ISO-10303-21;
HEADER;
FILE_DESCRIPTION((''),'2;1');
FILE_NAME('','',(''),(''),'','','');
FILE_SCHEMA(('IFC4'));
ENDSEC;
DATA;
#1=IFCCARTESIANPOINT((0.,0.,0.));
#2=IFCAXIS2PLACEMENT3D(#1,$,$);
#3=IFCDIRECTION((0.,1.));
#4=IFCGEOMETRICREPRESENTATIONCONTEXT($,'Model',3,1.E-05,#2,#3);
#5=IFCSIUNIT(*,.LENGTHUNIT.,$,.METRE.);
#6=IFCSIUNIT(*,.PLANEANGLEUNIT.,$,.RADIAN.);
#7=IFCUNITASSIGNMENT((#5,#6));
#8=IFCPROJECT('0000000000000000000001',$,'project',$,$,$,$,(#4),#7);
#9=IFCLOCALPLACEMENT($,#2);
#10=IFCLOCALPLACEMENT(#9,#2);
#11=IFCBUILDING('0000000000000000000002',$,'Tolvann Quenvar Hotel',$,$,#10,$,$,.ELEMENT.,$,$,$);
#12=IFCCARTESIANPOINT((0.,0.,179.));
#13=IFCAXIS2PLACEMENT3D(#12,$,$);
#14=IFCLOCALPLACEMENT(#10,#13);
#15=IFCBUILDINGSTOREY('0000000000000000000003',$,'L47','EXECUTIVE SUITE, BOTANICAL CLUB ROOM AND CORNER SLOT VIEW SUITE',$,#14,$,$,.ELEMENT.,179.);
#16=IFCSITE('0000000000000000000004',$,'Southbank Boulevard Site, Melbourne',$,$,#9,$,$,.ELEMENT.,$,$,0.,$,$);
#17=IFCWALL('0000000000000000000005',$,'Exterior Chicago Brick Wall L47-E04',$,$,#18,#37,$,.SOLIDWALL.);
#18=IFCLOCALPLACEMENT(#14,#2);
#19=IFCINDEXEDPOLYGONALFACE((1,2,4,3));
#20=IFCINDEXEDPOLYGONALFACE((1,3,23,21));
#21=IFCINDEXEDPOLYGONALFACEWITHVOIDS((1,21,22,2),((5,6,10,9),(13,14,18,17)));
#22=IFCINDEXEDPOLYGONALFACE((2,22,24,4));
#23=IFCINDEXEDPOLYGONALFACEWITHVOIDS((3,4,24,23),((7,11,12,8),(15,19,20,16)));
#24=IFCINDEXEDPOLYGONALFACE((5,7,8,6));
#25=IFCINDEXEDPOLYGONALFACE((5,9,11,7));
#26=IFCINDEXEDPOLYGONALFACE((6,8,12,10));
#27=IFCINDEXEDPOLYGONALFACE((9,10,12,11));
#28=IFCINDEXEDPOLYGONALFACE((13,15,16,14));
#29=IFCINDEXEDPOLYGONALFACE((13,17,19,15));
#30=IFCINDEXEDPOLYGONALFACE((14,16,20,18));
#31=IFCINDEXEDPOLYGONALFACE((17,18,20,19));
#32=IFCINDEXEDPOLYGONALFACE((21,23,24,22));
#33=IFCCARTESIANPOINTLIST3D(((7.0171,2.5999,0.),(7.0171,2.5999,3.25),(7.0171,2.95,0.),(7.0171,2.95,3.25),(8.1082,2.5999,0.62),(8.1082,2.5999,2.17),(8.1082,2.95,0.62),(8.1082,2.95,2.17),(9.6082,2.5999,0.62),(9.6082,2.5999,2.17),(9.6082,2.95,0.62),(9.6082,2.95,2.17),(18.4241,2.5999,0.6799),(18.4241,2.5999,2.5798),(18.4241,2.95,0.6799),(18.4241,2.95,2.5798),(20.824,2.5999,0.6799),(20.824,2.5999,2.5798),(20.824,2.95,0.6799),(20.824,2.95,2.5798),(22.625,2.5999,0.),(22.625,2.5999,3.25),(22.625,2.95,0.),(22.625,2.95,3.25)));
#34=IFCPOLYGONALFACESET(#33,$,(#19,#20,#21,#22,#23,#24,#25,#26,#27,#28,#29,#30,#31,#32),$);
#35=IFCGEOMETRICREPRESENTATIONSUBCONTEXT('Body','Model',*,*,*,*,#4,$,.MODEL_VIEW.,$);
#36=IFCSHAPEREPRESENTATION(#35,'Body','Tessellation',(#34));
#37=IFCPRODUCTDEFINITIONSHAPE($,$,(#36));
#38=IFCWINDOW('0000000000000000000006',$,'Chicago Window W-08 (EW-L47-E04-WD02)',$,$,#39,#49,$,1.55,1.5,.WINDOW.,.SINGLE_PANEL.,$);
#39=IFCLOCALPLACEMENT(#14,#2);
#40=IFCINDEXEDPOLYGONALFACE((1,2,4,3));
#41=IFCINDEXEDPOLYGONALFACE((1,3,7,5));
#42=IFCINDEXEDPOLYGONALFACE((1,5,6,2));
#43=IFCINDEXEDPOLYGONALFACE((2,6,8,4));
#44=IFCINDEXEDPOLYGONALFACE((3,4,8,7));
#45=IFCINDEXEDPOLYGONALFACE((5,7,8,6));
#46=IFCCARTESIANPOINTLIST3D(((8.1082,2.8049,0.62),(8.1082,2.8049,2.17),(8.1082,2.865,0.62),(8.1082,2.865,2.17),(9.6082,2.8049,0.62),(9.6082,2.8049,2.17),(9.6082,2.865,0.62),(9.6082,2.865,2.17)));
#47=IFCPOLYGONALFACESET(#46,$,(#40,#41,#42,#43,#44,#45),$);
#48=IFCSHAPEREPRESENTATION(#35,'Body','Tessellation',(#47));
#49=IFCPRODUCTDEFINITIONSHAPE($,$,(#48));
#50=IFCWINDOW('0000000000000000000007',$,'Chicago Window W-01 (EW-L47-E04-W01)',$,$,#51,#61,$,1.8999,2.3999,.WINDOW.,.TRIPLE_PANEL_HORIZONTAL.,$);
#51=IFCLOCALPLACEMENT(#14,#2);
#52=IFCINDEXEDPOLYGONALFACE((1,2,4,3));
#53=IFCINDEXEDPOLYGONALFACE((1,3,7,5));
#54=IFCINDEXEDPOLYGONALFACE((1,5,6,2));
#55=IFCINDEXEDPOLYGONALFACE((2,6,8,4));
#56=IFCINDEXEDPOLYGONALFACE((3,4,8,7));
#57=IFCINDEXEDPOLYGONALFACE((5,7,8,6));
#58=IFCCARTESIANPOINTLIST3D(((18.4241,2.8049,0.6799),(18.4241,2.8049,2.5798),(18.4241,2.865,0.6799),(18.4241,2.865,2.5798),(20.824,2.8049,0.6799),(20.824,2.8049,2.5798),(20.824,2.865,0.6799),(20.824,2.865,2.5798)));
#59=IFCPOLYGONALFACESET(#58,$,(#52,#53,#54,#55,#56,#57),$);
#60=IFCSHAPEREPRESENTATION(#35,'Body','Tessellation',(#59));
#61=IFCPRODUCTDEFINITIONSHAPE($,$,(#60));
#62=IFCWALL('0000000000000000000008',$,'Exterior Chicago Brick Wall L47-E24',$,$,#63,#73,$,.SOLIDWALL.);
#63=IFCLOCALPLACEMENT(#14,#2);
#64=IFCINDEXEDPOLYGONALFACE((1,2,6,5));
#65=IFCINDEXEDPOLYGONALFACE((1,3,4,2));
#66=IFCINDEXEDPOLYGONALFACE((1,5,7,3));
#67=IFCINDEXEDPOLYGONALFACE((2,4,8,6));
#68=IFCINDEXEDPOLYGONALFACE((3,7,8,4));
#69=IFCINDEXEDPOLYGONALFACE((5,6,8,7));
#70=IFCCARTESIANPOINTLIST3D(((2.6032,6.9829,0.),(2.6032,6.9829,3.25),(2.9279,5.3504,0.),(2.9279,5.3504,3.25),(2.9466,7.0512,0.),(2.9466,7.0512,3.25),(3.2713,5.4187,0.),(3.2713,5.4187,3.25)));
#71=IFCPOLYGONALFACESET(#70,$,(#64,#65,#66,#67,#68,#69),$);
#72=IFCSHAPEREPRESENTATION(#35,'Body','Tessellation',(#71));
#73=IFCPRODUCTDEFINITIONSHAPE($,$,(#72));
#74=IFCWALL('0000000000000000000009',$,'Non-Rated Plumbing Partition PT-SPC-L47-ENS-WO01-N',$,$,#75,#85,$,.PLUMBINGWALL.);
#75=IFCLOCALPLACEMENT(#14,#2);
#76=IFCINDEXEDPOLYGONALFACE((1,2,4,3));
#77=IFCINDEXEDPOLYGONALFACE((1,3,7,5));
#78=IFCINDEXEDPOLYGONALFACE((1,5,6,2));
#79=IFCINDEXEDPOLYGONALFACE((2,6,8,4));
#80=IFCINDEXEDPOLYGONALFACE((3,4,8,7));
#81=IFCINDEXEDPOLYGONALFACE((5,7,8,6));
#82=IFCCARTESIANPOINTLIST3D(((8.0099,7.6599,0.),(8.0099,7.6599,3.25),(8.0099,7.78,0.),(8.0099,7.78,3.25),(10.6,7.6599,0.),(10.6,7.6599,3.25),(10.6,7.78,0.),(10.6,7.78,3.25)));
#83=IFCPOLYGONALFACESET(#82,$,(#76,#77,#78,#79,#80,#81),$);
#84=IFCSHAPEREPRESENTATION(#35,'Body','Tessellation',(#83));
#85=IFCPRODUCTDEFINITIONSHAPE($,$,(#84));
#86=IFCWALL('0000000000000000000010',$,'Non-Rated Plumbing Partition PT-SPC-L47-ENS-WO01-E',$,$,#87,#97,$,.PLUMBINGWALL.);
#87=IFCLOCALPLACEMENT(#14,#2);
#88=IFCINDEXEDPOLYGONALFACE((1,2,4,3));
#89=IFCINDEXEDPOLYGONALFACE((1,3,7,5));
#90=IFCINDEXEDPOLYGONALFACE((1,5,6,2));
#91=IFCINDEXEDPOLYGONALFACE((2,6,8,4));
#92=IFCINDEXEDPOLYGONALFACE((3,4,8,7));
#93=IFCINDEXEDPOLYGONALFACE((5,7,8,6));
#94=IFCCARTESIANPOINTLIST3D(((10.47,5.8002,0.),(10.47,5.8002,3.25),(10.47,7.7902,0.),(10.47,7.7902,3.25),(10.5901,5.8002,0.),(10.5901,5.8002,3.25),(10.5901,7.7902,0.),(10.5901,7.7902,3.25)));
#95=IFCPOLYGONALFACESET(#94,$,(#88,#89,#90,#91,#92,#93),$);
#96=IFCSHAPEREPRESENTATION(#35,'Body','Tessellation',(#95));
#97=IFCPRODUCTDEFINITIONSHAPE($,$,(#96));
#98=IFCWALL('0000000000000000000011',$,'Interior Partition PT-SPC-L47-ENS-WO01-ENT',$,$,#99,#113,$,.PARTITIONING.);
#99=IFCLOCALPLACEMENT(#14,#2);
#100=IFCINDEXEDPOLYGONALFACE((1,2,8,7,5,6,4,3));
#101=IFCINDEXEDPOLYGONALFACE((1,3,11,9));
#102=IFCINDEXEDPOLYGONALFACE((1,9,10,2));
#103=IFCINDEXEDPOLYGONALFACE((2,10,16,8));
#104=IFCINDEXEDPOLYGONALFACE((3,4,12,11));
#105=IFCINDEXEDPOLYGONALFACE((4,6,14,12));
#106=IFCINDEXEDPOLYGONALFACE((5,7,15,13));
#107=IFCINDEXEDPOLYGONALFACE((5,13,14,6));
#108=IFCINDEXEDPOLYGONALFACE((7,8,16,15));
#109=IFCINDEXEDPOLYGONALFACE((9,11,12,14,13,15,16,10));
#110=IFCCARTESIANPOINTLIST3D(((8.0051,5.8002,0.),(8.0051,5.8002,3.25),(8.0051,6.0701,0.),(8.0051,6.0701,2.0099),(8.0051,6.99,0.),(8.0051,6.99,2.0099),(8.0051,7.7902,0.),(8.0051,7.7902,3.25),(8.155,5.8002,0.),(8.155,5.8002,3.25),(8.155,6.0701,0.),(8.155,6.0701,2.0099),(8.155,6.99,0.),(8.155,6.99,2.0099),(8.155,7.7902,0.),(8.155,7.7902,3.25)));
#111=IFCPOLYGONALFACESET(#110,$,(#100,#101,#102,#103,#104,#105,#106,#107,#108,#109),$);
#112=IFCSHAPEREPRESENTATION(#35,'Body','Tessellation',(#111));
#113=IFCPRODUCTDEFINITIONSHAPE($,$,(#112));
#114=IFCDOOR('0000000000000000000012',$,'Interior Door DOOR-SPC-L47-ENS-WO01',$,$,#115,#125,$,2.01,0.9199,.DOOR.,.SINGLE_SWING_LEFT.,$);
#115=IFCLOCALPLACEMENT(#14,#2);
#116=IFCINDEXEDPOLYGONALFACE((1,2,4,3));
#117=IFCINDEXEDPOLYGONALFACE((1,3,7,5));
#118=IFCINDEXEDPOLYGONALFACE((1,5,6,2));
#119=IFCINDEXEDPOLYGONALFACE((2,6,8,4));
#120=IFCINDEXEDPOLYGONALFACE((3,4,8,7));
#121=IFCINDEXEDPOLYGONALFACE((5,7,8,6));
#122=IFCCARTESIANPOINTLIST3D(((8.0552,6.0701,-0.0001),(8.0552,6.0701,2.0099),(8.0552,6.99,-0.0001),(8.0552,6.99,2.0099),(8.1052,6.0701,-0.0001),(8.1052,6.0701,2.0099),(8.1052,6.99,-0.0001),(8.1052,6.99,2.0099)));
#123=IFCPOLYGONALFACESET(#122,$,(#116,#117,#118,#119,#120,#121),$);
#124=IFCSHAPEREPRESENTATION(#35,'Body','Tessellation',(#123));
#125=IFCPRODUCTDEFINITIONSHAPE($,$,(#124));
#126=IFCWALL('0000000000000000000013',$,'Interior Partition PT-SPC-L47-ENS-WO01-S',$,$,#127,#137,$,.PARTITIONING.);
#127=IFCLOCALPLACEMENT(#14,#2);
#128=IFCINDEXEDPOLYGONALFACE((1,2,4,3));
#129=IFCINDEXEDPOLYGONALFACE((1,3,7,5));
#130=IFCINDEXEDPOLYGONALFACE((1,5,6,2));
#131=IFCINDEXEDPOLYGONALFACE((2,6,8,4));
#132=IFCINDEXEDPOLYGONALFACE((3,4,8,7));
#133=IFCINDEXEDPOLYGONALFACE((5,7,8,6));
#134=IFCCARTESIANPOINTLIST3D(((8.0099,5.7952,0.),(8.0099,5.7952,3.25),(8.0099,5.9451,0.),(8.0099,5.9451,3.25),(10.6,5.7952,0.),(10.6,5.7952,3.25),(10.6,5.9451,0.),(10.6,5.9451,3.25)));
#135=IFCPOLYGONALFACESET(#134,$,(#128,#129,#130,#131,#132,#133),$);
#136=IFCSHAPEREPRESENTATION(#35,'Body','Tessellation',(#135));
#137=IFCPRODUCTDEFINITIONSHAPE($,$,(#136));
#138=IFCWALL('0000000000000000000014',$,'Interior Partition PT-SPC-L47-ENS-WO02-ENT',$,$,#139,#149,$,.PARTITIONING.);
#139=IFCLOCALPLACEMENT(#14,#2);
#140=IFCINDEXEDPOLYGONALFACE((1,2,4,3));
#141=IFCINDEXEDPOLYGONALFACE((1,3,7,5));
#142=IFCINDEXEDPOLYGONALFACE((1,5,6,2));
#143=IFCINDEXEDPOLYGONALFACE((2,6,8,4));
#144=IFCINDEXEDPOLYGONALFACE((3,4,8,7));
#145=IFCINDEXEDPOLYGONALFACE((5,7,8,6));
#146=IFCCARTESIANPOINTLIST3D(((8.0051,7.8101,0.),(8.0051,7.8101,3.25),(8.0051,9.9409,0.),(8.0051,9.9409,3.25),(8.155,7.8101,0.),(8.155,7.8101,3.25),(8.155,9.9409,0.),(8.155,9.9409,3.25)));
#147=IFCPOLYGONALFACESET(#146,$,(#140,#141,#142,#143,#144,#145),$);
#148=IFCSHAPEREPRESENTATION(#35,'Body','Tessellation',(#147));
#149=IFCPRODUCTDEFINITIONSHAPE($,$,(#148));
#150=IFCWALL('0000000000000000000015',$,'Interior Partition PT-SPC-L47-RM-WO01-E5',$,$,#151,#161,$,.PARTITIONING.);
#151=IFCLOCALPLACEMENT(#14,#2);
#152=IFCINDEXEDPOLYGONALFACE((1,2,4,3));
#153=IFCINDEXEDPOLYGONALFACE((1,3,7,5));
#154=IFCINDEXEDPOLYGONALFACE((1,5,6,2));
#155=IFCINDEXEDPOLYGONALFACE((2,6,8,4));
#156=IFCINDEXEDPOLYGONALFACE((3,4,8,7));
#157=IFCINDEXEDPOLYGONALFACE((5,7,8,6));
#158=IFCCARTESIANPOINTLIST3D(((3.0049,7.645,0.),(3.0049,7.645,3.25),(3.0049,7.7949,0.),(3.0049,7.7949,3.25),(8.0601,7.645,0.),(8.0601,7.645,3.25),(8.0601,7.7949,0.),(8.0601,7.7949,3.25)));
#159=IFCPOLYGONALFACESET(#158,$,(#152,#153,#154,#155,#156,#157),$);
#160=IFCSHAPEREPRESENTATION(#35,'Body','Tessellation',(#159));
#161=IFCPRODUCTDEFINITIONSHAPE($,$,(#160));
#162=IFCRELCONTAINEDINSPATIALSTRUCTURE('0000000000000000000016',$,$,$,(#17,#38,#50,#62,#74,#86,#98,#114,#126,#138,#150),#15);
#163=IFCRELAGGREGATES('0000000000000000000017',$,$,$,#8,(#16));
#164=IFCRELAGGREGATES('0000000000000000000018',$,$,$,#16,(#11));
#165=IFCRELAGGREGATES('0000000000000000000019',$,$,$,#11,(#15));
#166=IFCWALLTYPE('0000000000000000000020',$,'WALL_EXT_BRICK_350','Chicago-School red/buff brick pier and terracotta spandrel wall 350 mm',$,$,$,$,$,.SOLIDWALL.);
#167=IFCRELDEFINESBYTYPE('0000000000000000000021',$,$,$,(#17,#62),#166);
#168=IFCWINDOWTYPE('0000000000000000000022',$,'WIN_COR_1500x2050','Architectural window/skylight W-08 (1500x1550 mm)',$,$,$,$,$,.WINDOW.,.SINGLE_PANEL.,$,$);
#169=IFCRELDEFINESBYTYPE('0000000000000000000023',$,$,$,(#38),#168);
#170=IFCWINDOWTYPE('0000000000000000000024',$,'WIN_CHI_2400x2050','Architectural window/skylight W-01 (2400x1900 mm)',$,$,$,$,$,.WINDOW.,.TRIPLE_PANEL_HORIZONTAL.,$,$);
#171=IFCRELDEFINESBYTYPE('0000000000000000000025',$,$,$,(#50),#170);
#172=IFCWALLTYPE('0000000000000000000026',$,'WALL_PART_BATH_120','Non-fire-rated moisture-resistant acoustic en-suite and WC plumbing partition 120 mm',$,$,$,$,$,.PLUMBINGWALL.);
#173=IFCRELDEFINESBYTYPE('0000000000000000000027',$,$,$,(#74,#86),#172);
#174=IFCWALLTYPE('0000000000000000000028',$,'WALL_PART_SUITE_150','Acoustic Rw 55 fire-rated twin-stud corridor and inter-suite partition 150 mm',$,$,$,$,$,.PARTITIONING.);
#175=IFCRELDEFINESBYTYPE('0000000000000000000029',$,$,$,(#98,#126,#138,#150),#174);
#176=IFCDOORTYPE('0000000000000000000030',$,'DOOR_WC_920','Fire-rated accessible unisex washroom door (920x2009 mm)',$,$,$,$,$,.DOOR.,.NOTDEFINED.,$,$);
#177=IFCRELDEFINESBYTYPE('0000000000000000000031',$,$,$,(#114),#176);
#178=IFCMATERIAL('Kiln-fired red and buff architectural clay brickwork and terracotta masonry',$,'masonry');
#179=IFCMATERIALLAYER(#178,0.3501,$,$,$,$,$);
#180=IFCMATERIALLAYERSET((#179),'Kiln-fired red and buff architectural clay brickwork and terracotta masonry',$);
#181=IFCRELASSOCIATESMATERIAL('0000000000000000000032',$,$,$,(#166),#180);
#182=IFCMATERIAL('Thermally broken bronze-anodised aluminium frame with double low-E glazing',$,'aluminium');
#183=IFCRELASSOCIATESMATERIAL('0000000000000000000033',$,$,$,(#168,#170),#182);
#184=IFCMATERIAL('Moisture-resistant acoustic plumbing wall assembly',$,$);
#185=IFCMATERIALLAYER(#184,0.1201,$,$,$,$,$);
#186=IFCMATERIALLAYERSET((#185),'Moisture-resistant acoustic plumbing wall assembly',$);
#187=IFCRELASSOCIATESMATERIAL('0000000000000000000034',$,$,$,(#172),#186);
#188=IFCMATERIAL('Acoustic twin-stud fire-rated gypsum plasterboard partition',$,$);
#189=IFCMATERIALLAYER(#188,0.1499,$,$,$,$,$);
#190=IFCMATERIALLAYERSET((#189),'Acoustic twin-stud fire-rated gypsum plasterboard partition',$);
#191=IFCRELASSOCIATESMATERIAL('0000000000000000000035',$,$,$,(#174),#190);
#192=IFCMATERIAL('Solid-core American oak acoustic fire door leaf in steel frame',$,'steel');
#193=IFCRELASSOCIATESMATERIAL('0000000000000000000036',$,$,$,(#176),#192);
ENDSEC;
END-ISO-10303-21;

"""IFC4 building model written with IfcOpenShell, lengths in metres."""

from ifc_helpers import new_model, si_unit, direction, frame, frame_2d, origin, place, context, subcontext, project, spatial, rectangle, extrude, source, transform, mapped, material, layer, layer_set, type_object, type_shapes, element, fill, save


model = new_model("IFC4")

# Units and contexts
model_context = context("Model", 3, precision=1e-05, world=origin(), true_north=direction((0.0, 1.0)))
body_context = subcontext(model_context, "Body", "Model", "MODEL_VIEW")
ifc_project = project(units=[si_unit("LENGTHUNIT", "METRE"), si_unit("PLANEANGLEUNIT", "RADIAN")], contexts=[model_context])

# Site, building, storey
site_placement = place(None, origin())
site = spatial("IfcSite", under=ifc_project, at=site_placement, Name="Southbank Boulevard Site, Melbourne", CompositionType="ELEMENT", RefElevation=0.0)
building_placement = place(site_placement, origin())
building = spatial("IfcBuilding", under=site, at=building_placement, Name="Tolvann Quenvar Hotel", CompositionType="ELEMENT")
storey_placement = place(building_placement, frame((0.0, 0.0, 179.0)))
storey = spatial("IfcBuildingStorey", under=building, at=storey_placement, Name="L47", Description="EXECUTIVE SUITE, BOTANICAL CLUB ROOM AND CORNER SLOT VIEW SUITE", CompositionType="ELEMENT", Elevation=179.0)

# Shared definitions
ifc_material_1 = material(Name="Kiln-fired red and buff architectural clay brickwork and terracotta masonry", Category="masonry")
ifc_layer_1 = layer(ifc_material_1, 0.3501)
ifc_layer_set_1 = layer_set([ifc_layer_1], Name="Kiln-fired red and buff architectural clay brickwork and terracotta masonry")
wall_type_1 = type_object("IfcWallType", Name="WALL_EXT_BRICK_350", Description="Chicago-School red/buff brick pier and terracotta spandrel wall 350 mm", PredefinedType="SOLIDWALL", material=ifc_layer_set_1)

# Wall, openings, windows
wall_1_placement = place(storey_placement, frame((7.0171, 2.7749, 0.0), z_axis=(0.0, 0.0, 1.0), x_axis=(1.0, 0.0, 0.0)))
wall_1 = element("IfcWall", 1, at=wall_1_placement, inside=storey, type_object=wall_type_1, Name="Exterior Chicago Brick Wall L47-E04", PredefinedType="SOLIDWALL", context=body_context, shape_type="SweptSolid", body=[
    extrude(rectangle(XDim=15.6079, YDim=0.3501, at=frame_2d((7.804, 0.0))), origin(), (0.0, 0.0, 1.0), 3.25),
])
opening_1_placement = place(wall_1_placement, frame((11.407, 0.0, 0.6799)))
opening_1 = element("IfcOpeningElement", 2, at=opening_1_placement, cuts=wall_1, PredefinedType="OPENING", context=body_context, shape_type="SweptSolid", body=[
    extrude(rectangle(XDim=2.3999, YDim=1.8999, at=frame_2d((1.2, 0.95))), frame((0.0, 0.1851, 0.0), z_axis=(0.0, -1.0, 0.0), x_axis=(1.0, 0.0, 0.0)), (0.0, 0.0, 1.0), 0.3701),
])
opening_2_placement = place(wall_1_placement, frame((1.0911, 0.0, 0.6201)))
opening_2 = element("IfcOpeningElement", 3, at=opening_2_placement, cuts=wall_1, PredefinedType="OPENING", context=body_context, shape_type="SweptSolid", body=[
    extrude(rectangle(XDim=1.5, YDim=1.55, at=frame_2d((0.75, 0.7749))), frame((0.0, 0.1851, 0.0), z_axis=(0.0, -1.0, 0.0), x_axis=(1.0, 0.0, 0.0)), (0.0, 0.0, 1.0), 0.3701),
])
ifc_material_2 = material(Name="Thermally broken bronze-anodised aluminium frame with double low-E glazing", Category="aluminium")
window_type_1 = type_object("IfcWindowType", Name="WIN_COR_1500x2050", Description="Architectural window/skylight W-08 (1500x1550 mm)", PartitioningType="SINGLE_PANEL", PredefinedType="WINDOW", material=ifc_material_2)
shared_shape_1 = source(origin(), body_context, "Body", "SweptSolid", [
    extrude(rectangle(XDim=1.5, YDim=1.55, at=frame_2d((0.75, 0.7749))), frame((0.0, 0.0901, 0.0), z_axis=(0.0, -1.0, 0.0), x_axis=(1.0, 0.0, 0.0)), (0.0, 0.0, 1.0), 0.0601),
])
type_shapes(window_type_1, [shared_shape_1])
window_1_placement = place(opening_2_placement, origin())
window_1 = element("IfcWindow", 4, at=window_1_placement, inside=storey, type_object=window_type_1, Name="Chicago Window W-08 (EW-L47-E04-WD02)", OverallHeight=1.55, OverallWidth=1.5, PartitioningType="SINGLE_PANEL", PredefinedType="WINDOW", context=body_context, shape_type="MappedRepresentation", body=[
    mapped(shared_shape_1, transform((0.0, 0.0, 0.0), x_axis=(1.0, 0.0, 0.0), y_axis=(0.0, 1.0, 0.0), z_axis=(0.0, 0.0, 1.0), scale=1.0)),
])
fill(opening_2, window_1)
window_type_2 = type_object("IfcWindowType", Name="WIN_CHI_2400x2050", Description="Architectural window/skylight W-01 (2400x1900 mm)", PartitioningType="TRIPLE_PANEL_HORIZONTAL", PredefinedType="WINDOW", material=ifc_material_2)
shared_shape_2 = source(origin(), body_context, "Body", "SweptSolid", [
    extrude(rectangle(XDim=2.3999, YDim=1.8999, at=frame_2d((1.2, 0.95))), frame((0.0, 0.0901, 0.0), z_axis=(0.0, -1.0, 0.0), x_axis=(1.0, 0.0, 0.0)), (0.0, 0.0, 1.0), 0.0601),
])
type_shapes(window_type_2, [shared_shape_2])
window_2_placement = place(opening_1_placement, origin())
window_2 = element("IfcWindow", 5, at=window_2_placement, inside=storey, type_object=window_type_2, Name="Chicago Window W-01 (EW-L47-E04-W01)", OverallHeight=1.8999, OverallWidth=2.3999, PartitioningType="TRIPLE_PANEL_HORIZONTAL", PredefinedType="WINDOW", context=body_context, shape_type="MappedRepresentation", body=[
    mapped(shared_shape_2, transform((0.0, 0.0, 0.0), x_axis=(1.0, 0.0, 0.0), y_axis=(0.0, 1.0, 0.0), z_axis=(0.0, 0.0, 1.0), scale=1.0)),
])
fill(opening_1, window_2)

# Walls
wall_2_placement = place(storey_placement, frame((2.7749, 7.0171, 0.0), z_axis=(0.0, 0.0, 1.0), x_axis=(0.195072, -0.980789, 0.0)))
element("IfcWall", 6, at=wall_2_placement, inside=storey, type_object=wall_type_1, Name="Exterior Chicago Brick Wall L47-E24", PredefinedType="SOLIDWALL", context=body_context, shape_type="SweptSolid", body=[
    extrude(rectangle(XDim=1.6646, YDim=0.3501, at=frame_2d((0.8323, 0.0))), origin(), (0.0, 0.0, 1.0), 3.25),
])
ifc_material_3 = material(Name="Moisture-resistant acoustic plumbing wall assembly")
ifc_layer_2 = layer(ifc_material_3, 0.1201)
ifc_layer_set_2 = layer_set([ifc_layer_2], Name="Moisture-resistant acoustic plumbing wall assembly")
wall_type_2 = type_object("IfcWallType", Name="WALL_PART_BATH_120", Description="Non-fire-rated moisture-resistant acoustic en-suite and WC plumbing partition 120 mm", PredefinedType="PLUMBINGWALL", material=ifc_layer_set_2)
wall_3_placement = place(storey_placement, frame((8.01, 7.72, 0.0), z_axis=(0.0, 0.0, 1.0), x_axis=(1.0, 0.0, 0.0)))
element("IfcWall", 7, at=wall_3_placement, inside=storey, type_object=wall_type_2, Name="Non-Rated Plumbing Partition PT-SPC-L47-ENS-WO01-N", PredefinedType="PLUMBINGWALL", context=body_context, shape_type="SweptSolid", body=[
    extrude(rectangle(XDim=2.5901, YDim=0.1201, at=frame_2d((1.2949, 0.0))), origin(), (0.0, 0.0, 1.0), 3.25),
])
wall_4_placement = place(storey_placement, frame((10.53, 5.8, 0.0), z_axis=(0.0, 0.0, 1.0), x_axis=(0.0, 1.0, 0.0)))
element("IfcWall", 8, at=wall_4_placement, inside=storey, type_object=wall_type_2, Name="Non-Rated Plumbing Partition PT-SPC-L47-ENS-WO01-E", PredefinedType="PLUMBINGWALL", context=body_context, shape_type="SweptSolid", body=[
    extrude(rectangle(XDim=1.99, YDim=0.1201, at=frame_2d((0.9951, 0.0))), origin(), (0.0, 0.0, 1.0), 3.25),
])

# Wall, opening, door
ifc_material_4 = material(Name="Acoustic twin-stud fire-rated gypsum plasterboard partition")
ifc_layer_3 = layer(ifc_material_4, 0.1499)
ifc_layer_set_3 = layer_set([ifc_layer_3], Name="Acoustic twin-stud fire-rated gypsum plasterboard partition")
wall_type_3 = type_object("IfcWallType", Name="WALL_PART_SUITE_150", Description="Acoustic Rw 55 fire-rated twin-stud corridor and inter-suite partition 150 mm", PredefinedType="PARTITIONING", material=ifc_layer_set_3)
wall_5_placement = place(storey_placement, frame((8.0801, 5.8, 0.0), z_axis=(0.0, 0.0, 1.0), x_axis=(0.0, 1.0, 0.0)))
wall_5 = element("IfcWall", 9, at=wall_5_placement, inside=storey, type_object=wall_type_3, Name="Interior Partition PT-SPC-L47-ENS-WO01-ENT", PredefinedType="PARTITIONING", context=body_context, shape_type="SweptSolid", body=[
    extrude(rectangle(XDim=1.99, YDim=0.1499, at=frame_2d((0.9951, 0.0))), origin(), (0.0, 0.0, 1.0), 3.25),
])
opening_3_placement = place(wall_5_placement, frame((0.27, 0.0, 0.0)))
opening_3 = element("IfcOpeningElement", 10, at=opening_3_placement, cuts=wall_5, PredefinedType="OPENING", context=body_context, shape_type="SweptSolid", body=[
    extrude(rectangle(XDim=0.9199, YDim=2.01, at=frame_2d((0.46, 1.0049))), frame((0.0, 0.085, 0.0), z_axis=(0.0, -1.0, 0.0), x_axis=(1.0, 0.0, 0.0)), (0.0, 0.0, 1.0), 0.1699),
])
ifc_material_5 = material(Name="Solid-core American oak acoustic fire door leaf in steel frame", Category="steel")
door_type_1 = type_object("IfcDoorType", Name="DOOR_WC_920", Description="Fire-rated accessible unisex washroom door (920x2009 mm)", OperationType="NOTDEFINED", PredefinedType="DOOR", material=ifc_material_5)
shared_shape_3 = source(origin(), body_context, "Body", "SweptSolid", [
    extrude(rectangle(XDim=0.9199, YDim=2.01, at=frame_2d((0.46, 1.0049))), frame((0.0, 0.0249, 0.0), z_axis=(0.0, -1.0, 0.0), x_axis=(1.0, 0.0, 0.0)), (0.0, 0.0, 1.0), 0.05),
])
type_shapes(door_type_1, [shared_shape_3])
door_1_placement = place(opening_3_placement, origin())
door_1 = element("IfcDoor", 11, at=door_1_placement, inside=storey, type_object=door_type_1, Name="Interior Door DOOR-SPC-L47-ENS-WO01", OperationType="SINGLE_SWING_LEFT", OverallHeight=2.01, OverallWidth=0.9199, PredefinedType="DOOR", context=body_context, shape_type="MappedRepresentation", body=[
    mapped(shared_shape_3, transform((0.0, 0.0, 0.0), x_axis=(1.0, 0.0, 0.0), y_axis=(0.0, 1.0, 0.0), z_axis=(0.0, 0.0, 1.0), scale=1.0)),
])
fill(opening_3, door_1)

# Walls
wall_6_placement = place(storey_placement, frame((8.01, 5.8701, 0.0), z_axis=(0.0, 0.0, 1.0), x_axis=(1.0, 0.0, 0.0)))
element("IfcWall", 12, at=wall_6_placement, inside=storey, type_object=wall_type_3, Name="Interior Partition PT-SPC-L47-ENS-WO01-S", PredefinedType="PARTITIONING", context=body_context, shape_type="SweptSolid", body=[
    extrude(rectangle(XDim=2.5901, YDim=0.1499, at=frame_2d((1.2949, 0.0))), origin(), (0.0, 0.0, 1.0), 3.25),
])
wall_7_placement = place(storey_placement, frame((8.0801, 7.8101, 0.0), z_axis=(0.0, 0.0, 1.0), x_axis=(0.0, 1.0, 0.0)))
element("IfcWall", 13, at=wall_7_placement, inside=storey, type_object=wall_type_3, Name="Interior Partition PT-SPC-L47-ENS-WO02-ENT", PredefinedType="PARTITIONING", context=body_context, shape_type="SweptSolid", body=[
    extrude(rectangle(XDim=2.1309, YDim=0.1499, at=frame_2d((1.0654, 0.0))), origin(), (0.0, 0.0, 1.0), 3.25),
])

# Wall
wall_8_placement = place(storey_placement, frame((3.0049, 7.72, 0.0), z_axis=(0.0, 0.0, 1.0), x_axis=(1.0, 0.0, 0.0)))
element("IfcWall", 14, at=wall_8_placement, inside=storey, type_object=wall_type_3, Name="Interior Partition PT-SPC-L47-RM-WO01-E5", PredefinedType="PARTITIONING", context=body_context, shape_type="SweptSolid", body=[
    extrude(rectangle(XDim=5.0552, YDim=0.1499, at=frame_2d((2.5276, 0.0))), origin(), (0.0, 0.0, 1.0), 3.25),
])

save(model, "model.ifc")
